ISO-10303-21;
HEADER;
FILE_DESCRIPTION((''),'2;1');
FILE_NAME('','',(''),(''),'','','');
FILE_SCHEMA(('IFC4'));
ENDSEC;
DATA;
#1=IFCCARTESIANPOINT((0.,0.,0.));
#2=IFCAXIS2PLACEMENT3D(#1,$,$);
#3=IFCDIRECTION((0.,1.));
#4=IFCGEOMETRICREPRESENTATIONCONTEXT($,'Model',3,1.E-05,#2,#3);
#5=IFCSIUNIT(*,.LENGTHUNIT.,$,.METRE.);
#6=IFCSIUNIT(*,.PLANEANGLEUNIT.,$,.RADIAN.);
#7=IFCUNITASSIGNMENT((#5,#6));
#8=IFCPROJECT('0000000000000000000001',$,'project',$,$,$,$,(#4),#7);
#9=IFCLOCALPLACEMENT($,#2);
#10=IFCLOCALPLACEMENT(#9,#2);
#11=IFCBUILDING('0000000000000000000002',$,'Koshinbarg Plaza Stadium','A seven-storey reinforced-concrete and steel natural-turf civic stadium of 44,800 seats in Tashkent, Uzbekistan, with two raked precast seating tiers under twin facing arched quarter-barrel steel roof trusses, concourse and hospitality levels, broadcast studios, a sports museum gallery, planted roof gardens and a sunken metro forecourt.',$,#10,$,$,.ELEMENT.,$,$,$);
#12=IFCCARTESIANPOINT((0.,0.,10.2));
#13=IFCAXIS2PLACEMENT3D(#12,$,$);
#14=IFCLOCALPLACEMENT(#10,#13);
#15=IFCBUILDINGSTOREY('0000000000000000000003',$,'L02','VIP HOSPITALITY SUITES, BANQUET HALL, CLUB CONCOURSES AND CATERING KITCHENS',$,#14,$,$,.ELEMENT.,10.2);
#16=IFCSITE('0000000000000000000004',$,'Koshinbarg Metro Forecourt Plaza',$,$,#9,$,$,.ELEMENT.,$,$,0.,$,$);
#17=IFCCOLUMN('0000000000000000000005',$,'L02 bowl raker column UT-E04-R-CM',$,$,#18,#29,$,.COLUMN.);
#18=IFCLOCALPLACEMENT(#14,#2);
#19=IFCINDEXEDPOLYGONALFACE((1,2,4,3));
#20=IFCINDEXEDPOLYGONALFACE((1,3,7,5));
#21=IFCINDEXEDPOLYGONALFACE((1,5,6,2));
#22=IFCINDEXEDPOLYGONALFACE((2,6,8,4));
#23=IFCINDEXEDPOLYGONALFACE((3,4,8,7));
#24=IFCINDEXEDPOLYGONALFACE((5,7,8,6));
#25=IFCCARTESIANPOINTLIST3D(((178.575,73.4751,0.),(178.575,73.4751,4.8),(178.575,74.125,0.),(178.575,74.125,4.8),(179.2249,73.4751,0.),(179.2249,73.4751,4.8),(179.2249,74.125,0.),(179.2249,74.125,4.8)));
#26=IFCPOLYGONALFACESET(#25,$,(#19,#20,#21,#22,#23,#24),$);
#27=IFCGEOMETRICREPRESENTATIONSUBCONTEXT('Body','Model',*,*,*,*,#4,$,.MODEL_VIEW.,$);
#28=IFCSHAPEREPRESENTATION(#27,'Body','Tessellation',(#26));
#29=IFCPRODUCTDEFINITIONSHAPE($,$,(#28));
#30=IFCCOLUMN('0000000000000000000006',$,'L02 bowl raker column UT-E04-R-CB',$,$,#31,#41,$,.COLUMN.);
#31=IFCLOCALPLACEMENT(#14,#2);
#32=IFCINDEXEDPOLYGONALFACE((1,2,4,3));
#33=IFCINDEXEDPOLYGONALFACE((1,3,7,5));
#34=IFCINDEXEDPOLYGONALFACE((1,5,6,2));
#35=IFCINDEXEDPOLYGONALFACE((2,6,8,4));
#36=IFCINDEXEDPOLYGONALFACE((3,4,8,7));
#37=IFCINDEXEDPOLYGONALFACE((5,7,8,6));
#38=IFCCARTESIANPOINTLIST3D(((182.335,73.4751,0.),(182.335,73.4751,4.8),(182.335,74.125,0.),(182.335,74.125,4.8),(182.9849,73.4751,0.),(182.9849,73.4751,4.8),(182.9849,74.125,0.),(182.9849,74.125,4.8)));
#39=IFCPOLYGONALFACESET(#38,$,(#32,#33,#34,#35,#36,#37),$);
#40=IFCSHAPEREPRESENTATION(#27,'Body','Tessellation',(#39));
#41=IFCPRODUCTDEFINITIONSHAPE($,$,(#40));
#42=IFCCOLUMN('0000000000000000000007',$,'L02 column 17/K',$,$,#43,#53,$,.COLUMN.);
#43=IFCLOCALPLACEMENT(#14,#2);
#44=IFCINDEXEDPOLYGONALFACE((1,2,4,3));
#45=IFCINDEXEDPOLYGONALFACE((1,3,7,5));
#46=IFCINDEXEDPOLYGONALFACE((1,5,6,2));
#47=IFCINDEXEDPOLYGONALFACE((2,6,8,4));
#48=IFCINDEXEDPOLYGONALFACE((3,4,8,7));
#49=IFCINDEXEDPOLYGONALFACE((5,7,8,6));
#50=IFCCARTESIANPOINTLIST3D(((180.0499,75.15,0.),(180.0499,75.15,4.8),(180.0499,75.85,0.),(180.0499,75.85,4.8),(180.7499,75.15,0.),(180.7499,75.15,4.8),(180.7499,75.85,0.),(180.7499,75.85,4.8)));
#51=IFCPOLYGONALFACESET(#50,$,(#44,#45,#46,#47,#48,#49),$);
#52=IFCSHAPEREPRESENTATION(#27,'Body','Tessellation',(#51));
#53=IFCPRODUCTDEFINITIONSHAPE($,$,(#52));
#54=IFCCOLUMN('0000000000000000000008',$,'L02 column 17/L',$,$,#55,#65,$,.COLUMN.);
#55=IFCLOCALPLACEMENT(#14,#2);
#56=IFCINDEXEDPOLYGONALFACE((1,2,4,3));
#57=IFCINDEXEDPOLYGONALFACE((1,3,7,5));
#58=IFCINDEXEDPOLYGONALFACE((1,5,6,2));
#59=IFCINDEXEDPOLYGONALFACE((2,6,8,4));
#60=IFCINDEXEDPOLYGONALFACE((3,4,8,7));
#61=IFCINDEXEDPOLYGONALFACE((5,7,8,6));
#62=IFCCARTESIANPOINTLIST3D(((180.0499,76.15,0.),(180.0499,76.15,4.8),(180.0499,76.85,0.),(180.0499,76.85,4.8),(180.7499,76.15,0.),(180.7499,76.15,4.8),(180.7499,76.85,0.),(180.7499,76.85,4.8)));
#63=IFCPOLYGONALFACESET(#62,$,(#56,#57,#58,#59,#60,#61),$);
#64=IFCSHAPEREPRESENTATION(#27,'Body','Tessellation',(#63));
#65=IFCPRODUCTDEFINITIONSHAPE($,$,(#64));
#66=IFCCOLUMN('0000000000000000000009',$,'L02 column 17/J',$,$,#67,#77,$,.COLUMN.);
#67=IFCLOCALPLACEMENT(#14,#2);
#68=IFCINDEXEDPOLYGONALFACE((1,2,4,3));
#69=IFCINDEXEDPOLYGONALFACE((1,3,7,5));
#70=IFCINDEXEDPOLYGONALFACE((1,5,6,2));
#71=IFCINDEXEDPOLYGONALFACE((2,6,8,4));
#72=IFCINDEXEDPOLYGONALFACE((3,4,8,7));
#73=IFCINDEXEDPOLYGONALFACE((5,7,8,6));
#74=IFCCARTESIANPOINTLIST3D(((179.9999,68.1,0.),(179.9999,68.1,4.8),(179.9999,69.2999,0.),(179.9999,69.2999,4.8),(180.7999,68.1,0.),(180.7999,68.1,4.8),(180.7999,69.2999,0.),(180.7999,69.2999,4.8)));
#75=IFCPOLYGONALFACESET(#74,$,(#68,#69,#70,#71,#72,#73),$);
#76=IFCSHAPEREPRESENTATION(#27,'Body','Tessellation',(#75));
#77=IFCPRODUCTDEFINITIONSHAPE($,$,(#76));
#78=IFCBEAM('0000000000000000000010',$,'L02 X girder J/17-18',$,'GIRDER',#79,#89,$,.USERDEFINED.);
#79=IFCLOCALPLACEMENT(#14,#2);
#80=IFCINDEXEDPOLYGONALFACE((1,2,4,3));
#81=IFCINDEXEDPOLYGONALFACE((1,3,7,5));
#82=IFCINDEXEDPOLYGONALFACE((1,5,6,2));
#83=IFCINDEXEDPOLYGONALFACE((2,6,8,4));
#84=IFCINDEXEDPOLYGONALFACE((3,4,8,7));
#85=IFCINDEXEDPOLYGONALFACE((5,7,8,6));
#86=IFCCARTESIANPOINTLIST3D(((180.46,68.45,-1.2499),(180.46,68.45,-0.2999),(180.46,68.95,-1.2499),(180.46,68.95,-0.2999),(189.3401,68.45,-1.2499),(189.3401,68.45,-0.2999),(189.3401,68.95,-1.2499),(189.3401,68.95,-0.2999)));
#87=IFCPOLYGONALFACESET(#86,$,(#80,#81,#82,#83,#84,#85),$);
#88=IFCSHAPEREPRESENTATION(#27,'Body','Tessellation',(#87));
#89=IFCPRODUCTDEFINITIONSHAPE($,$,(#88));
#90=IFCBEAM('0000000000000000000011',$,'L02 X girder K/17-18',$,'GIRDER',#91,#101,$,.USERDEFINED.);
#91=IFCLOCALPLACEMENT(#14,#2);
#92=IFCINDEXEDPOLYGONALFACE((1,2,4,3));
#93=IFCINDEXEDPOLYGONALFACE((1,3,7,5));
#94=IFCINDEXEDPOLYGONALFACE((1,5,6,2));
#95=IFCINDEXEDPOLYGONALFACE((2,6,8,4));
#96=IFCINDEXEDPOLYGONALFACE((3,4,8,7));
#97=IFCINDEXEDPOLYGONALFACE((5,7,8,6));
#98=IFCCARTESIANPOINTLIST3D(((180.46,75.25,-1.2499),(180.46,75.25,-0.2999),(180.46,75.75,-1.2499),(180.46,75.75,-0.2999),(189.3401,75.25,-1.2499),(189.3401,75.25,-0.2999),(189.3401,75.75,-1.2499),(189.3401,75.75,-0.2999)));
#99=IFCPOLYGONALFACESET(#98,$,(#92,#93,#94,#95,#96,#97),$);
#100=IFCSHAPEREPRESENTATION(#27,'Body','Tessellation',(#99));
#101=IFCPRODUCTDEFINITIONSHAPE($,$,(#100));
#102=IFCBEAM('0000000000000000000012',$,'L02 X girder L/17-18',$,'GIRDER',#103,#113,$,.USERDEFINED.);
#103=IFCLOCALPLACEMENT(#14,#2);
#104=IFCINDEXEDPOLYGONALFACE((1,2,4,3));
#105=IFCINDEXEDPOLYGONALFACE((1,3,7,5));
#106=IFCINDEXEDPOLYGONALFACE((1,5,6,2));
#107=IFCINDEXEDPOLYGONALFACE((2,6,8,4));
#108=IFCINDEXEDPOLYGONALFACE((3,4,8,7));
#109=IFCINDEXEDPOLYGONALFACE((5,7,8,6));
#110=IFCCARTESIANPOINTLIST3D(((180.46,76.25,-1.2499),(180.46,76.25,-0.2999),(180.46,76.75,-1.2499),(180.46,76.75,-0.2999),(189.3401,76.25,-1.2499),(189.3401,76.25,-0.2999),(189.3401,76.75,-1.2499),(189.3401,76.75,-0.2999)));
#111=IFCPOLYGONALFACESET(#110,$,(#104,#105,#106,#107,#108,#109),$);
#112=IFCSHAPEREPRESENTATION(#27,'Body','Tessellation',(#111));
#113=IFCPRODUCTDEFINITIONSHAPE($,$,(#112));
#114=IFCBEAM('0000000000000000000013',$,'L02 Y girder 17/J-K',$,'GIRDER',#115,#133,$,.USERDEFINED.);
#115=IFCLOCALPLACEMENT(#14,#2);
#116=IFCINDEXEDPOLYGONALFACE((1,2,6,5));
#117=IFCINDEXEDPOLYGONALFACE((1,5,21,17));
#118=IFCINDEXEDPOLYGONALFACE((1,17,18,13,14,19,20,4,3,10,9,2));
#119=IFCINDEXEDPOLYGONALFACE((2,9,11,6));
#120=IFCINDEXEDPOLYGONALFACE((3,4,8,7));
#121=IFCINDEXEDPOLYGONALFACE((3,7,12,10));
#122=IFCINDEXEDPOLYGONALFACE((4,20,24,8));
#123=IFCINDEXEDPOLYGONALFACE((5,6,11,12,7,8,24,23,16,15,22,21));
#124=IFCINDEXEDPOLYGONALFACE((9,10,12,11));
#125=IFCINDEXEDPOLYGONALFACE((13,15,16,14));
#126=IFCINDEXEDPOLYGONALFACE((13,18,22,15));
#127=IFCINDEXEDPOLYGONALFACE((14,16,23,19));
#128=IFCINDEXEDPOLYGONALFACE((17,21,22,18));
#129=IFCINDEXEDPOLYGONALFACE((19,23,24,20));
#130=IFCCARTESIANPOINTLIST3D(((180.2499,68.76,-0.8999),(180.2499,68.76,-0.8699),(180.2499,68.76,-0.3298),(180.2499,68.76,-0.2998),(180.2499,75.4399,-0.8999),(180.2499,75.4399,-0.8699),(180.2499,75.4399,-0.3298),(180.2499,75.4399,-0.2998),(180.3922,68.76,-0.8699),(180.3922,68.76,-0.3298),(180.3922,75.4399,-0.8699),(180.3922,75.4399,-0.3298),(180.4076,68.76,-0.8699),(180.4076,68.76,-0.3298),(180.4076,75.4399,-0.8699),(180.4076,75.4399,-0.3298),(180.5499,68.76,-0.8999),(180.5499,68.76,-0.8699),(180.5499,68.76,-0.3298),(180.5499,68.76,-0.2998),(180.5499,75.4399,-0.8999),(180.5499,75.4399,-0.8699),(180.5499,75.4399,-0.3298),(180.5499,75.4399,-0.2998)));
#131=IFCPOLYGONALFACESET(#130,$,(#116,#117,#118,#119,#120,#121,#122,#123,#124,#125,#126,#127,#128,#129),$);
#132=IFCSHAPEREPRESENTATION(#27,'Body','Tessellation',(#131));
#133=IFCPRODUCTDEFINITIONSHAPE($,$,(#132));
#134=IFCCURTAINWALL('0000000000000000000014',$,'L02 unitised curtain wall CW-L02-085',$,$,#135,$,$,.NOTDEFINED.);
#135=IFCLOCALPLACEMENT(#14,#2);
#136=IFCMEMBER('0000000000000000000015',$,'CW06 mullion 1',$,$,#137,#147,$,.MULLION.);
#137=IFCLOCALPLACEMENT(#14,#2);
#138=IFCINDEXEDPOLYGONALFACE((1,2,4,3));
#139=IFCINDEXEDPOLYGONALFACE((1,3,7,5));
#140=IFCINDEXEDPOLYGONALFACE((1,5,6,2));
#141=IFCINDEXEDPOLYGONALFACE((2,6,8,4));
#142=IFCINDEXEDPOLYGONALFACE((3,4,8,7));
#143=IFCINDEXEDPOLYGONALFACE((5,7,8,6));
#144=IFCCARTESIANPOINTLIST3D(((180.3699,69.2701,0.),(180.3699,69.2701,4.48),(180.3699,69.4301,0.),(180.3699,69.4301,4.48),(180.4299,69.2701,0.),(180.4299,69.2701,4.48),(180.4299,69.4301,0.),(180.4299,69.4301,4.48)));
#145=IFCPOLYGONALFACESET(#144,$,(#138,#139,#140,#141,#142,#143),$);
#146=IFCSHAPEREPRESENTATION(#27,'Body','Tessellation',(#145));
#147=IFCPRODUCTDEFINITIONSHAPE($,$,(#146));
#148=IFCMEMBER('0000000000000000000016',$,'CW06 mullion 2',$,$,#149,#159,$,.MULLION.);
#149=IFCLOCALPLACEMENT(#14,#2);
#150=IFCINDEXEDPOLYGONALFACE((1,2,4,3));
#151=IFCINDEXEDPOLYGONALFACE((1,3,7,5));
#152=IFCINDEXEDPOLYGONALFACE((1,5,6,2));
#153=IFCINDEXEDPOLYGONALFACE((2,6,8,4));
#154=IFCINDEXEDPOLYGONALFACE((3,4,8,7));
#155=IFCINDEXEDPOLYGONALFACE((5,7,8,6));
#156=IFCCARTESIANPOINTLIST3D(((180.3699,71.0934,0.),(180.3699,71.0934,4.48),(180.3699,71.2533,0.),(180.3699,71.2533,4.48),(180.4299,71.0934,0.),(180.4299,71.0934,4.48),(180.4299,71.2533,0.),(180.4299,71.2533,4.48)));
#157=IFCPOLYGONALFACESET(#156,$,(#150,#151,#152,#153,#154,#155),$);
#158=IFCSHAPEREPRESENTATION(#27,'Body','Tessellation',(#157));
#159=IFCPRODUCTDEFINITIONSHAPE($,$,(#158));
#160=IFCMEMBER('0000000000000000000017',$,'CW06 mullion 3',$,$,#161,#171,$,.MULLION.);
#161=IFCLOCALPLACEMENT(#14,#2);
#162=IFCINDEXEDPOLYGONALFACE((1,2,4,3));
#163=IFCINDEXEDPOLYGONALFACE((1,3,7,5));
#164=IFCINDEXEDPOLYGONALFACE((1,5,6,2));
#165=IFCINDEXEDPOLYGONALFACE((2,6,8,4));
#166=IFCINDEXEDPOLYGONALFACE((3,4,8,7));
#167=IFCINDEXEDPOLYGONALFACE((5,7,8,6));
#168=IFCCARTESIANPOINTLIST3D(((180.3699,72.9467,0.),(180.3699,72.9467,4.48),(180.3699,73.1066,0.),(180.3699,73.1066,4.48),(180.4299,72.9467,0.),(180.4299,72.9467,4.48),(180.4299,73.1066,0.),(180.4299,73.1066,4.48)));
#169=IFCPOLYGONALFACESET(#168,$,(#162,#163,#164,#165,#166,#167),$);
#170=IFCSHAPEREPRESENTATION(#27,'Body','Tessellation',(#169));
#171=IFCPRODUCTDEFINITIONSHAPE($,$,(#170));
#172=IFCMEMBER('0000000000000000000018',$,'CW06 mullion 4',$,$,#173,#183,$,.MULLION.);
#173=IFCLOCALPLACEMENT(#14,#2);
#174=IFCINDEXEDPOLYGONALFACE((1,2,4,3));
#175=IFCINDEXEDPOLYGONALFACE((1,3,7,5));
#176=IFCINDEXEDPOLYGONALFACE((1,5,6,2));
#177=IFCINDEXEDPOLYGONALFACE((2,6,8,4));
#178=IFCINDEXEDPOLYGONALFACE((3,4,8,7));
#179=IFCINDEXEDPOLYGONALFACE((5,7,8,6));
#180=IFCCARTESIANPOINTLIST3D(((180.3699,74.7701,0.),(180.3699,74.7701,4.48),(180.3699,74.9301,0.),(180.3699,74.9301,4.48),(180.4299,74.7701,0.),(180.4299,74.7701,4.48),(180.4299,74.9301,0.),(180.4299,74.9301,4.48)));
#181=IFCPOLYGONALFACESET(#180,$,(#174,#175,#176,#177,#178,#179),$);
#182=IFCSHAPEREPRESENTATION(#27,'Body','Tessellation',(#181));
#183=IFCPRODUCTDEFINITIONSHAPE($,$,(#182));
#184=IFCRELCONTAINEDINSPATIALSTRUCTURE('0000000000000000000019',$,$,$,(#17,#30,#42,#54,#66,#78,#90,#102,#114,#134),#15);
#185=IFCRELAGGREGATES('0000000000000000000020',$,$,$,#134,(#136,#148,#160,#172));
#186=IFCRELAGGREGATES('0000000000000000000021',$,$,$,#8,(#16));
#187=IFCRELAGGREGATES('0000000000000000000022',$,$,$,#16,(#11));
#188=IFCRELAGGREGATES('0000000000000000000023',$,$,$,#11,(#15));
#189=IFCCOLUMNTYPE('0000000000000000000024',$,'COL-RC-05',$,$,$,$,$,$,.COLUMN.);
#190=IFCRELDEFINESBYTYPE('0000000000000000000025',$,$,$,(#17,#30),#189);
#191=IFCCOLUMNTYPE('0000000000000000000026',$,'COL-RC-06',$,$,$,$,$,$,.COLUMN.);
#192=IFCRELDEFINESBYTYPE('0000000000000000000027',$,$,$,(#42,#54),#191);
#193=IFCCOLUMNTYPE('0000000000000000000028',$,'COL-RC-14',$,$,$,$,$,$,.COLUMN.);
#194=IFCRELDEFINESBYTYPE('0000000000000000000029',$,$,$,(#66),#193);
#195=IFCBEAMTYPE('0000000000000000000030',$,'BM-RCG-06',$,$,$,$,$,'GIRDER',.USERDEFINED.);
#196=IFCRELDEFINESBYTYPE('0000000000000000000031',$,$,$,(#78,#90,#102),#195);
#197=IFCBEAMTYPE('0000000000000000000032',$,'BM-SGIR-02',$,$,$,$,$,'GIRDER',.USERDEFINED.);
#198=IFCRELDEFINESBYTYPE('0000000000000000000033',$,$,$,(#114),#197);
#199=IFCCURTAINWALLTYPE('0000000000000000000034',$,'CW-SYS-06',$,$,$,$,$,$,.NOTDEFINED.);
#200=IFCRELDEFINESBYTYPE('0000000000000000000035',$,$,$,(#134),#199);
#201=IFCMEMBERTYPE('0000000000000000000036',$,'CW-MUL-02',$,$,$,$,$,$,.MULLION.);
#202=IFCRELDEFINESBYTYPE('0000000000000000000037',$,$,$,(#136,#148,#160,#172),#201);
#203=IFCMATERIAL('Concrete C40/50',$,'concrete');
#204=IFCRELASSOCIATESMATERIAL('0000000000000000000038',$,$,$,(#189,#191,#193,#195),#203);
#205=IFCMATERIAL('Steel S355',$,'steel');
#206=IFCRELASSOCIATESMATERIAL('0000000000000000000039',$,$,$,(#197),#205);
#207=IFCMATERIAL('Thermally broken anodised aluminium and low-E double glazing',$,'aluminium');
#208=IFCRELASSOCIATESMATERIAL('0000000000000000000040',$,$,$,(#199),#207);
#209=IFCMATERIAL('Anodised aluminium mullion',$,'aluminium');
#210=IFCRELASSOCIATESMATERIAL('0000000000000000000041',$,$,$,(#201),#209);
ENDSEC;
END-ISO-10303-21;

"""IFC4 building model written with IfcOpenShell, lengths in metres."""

from ifc_helpers import new_model, si_unit, direction, frame, origin, origin_2d, place, context, subcontext, project, spatial, rectangle, i_section, extrude, material, material_profile, profile_set, type_object, element, aggregate, save


model = new_model("IFC4")

# Units and contexts
model_context = context("Model", 3, precision=1e-05, world=origin(), true_north=direction((0.0, 1.0)))
body_context = subcontext(model_context, "Body", "Model", "MODEL_VIEW")
ifc_project = project(units=[si_unit("LENGTHUNIT", "METRE"), si_unit("PLANEANGLEUNIT", "RADIAN")], contexts=[model_context])

# Site, building, storey
site_placement = place(None, origin())
site = spatial("IfcSite", under=ifc_project, at=site_placement, Name="Koshinbarg Metro Forecourt Plaza", CompositionType="ELEMENT", RefElevation=0.0)
building_placement = place(site_placement, origin())
building = spatial("IfcBuilding", under=site, at=building_placement, Name="Koshinbarg Plaza Stadium", Description="A seven-storey reinforced-concrete and steel natural-turf civic stadium of 44,800 seats in Tashkent, Uzbekistan, with two raked precast seating tiers under twin facing arched quarter-barrel steel roof trusses, concourse and hospitality levels, broadcast studios, a sports museum gallery, planted roof gardens and a sunken metro forecourt.", CompositionType="ELEMENT")
storey_placement = place(building_placement, frame((0.0, 0.0, 10.2)))
storey = spatial("IfcBuildingStorey", under=building, at=storey_placement, Name="L02", Description="VIP HOSPITALITY SUITES, BANQUET HALL, CLUB CONCOURSES AND CATERING KITCHENS", CompositionType="ELEMENT", Elevation=10.2)

# Columns
ifc_material_1 = material(Name="Concrete C40/50", Category="concrete")
ifc_material_profile_1 = material_profile(ifc_material_1, rectangle(XDim=0.6499, YDim=0.6499, at=origin_2d()), Name="RC 650x650")
ifc_profile_set_1 = profile_set([ifc_material_profile_1], Name="Concrete C40/50")
column_type_1 = type_object("IfcColumnType", Name="COL-RC-05", PredefinedType="COLUMN", material=ifc_profile_set_1)
for number, where, z_axis, x_axis, name in (
    (1, (178.8999, 73.8, 0.0), (0.0, 0.0, 1.0), (1.0, 0.0, 0.0), "L02 bowl raker column UT-E04-R-CM"),
    (2, (182.6599, 73.8, 0.0), (0.0, 0.0, 1.0), (1.0, 0.0, 0.0), "L02 bowl raker column UT-E04-R-CB"),
):
    element("IfcColumn", number, at=place(storey_placement, frame(where, z_axis=z_axis, x_axis=x_axis)), inside=storey, type_object=column_type_1, Name=name, PredefinedType="COLUMN", context=body_context, shape_type="SweptSolid", body=[
        extrude(rectangle(XDim=0.6499, YDim=0.6499, at=origin_2d()), origin(), (0.0, 0.0, 1.0), 4.8),
    ])
ifc_material_profile_2 = material_profile(ifc_material_1, rectangle(XDim=0.7, YDim=0.7, at=origin_2d()), Name="RC 700x700")
ifc_profile_set_2 = profile_set([ifc_material_profile_2], Name="Concrete C40/50")
column_type_2 = type_object("IfcColumnType", Name="COL-RC-06", PredefinedType="COLUMN", material=ifc_profile_set_2)
for number, where, z_axis, x_axis, name in (
    (3, (180.3999, 75.5, 0.0), (0.0, 0.0, 1.0), (1.0, 0.0, 0.0), "L02 column 17/K"),
    (4, (180.3999, 76.5, 0.0), (0.0, 0.0, 1.0), (1.0, 0.0, 0.0), "L02 column 17/L"),
):
    element("IfcColumn", number, at=place(storey_placement, frame(where, z_axis=z_axis, x_axis=x_axis)), inside=storey, type_object=column_type_2, Name=name, PredefinedType="COLUMN", context=body_context, shape_type="SweptSolid", body=[
        extrude(rectangle(XDim=0.7, YDim=0.7, at=origin_2d()), origin(), (0.0, 0.0, 1.0), 4.8),
    ])
ifc_material_profile_3 = material_profile(ifc_material_1, rectangle(XDim=0.8, YDim=1.2, at=origin_2d()), Name="RC 800x1200")
ifc_profile_set_3 = profile_set([ifc_material_profile_3], Name="Concrete C40/50")
column_type_3 = type_object("IfcColumnType", Name="COL-RC-14", PredefinedType="COLUMN", material=ifc_profile_set_3)
column_placement = place(storey_placement, frame((180.3999, 68.7, 0.0), z_axis=(0.0, 0.0, 1.0), x_axis=(1.0, 0.0, 0.0)))
element("IfcColumn", 5, at=column_placement, inside=storey, type_object=column_type_3, Name="L02 column 17/J", PredefinedType="COLUMN", context=body_context, shape_type="SweptSolid", body=[
    extrude(rectangle(XDim=0.8, YDim=1.2, at=origin_2d()), origin(), (0.0, 0.0, 1.0), 4.8),
])

# Beams
ifc_material_profile_4 = material_profile(ifc_material_1, rectangle(XDim=0.5, YDim=0.95, at=origin_2d()), Name="RC 500x950")
ifc_profile_set_4 = profile_set([ifc_material_profile_4], Name="Concrete C40/50")
beam_type_1 = type_object("IfcBeamType", Name="BM-RCG-06", ElementType="GIRDER", PredefinedType="USERDEFINED", material=ifc_profile_set_4)
for number, where, z_axis, x_axis, name in (
    (6, (180.46, 68.7, -0.7749), (1.0, 0.0, 0.0), (0.0, 1.0, 0.0), "L02 X girder J/17-18"),
    (7, (180.46, 75.5, -0.7749), (1.0, 0.0, 0.0), (0.0, 1.0, 0.0), "L02 X girder K/17-18"),
    (8, (180.46, 76.5, -0.7749), (1.0, 0.0, 0.0), (0.0, 1.0, 0.0), "L02 X girder L/17-18"),
):
    element("IfcBeam", number, at=place(storey_placement, frame(where, z_axis=z_axis, x_axis=x_axis)), inside=storey, type_object=beam_type_1, Name=name, ObjectType="GIRDER", PredefinedType="USERDEFINED", context=body_context, shape_type="SweptSolid", body=[
        extrude(rectangle(XDim=0.5, YDim=0.95, at=origin_2d()), origin(), (0.0, 0.0, 1.0), 8.8801),
    ])
ifc_material_2 = material(Name="Steel S355", Category="steel")
ifc_material_profile_5 = material_profile(ifc_material_2, i_section(OverallWidth=0.3, OverallDepth=0.6001, WebThickness=0.0154, FlangeThickness=0.03, at=origin_2d()), Name="HEB 600")
ifc_profile_set_5 = profile_set([ifc_material_profile_5], Name="Steel S355")
beam_type_2 = type_object("IfcBeamType", Name="BM-SGIR-02", ElementType="GIRDER", PredefinedType="USERDEFINED", material=ifc_profile_set_5)
beam_placement = place(storey_placement, frame((180.3999, 68.76, -0.5999), z_axis=(0.0, 1.0, 0.0), x_axis=(-1.0, 0.0, 0.0)))
element("IfcBeam", 9, at=beam_placement, inside=storey, type_object=beam_type_2, Name="L02 Y girder 17/J-K", ObjectType="GIRDER", PredefinedType="USERDEFINED", context=body_context, shape_type="SweptSolid", body=[
    extrude(i_section(OverallWidth=0.3, OverallDepth=0.6001, WebThickness=0.0154, FlangeThickness=0.03, at=origin_2d()), origin(), (0.0, 0.0, 1.0), 6.6799),
])

# Curtain wall, members
ifc_material_3 = material(Name="Thermally broken anodised aluminium and low-E double glazing", Category="aluminium")
curtain_wall_type = type_object("IfcCurtainWallType", Name="CW-SYS-06", PredefinedType="NOTDEFINED", material=ifc_material_3)
curtain_wall_placement = place(storey_placement, origin())
curtain_wall = element("IfcCurtainWall", 10, at=curtain_wall_placement, inside=storey, type_object=curtain_wall_type, Name="L02 unitised curtain wall CW-L02-085", PredefinedType="NOTDEFINED")
ifc_material_4 = material(Name="Anodised aluminium mullion", Category="aluminium")
ifc_material_profile_6 = material_profile(ifc_material_4, rectangle(XDim=0.0601, YDim=0.1599, at=origin_2d()), Name="ALU 60x160")
ifc_profile_set_6 = profile_set([ifc_material_profile_6], Name="Anodised aluminium mullion")
member_type_1 = type_object("IfcMemberType", Name="CW-MUL-02", PredefinedType="MULLION", material=ifc_profile_set_6)
member_1_placement = place(storey_placement, frame((180.3999, 69.3501, 0.0), z_axis=(0.0, 0.0, 1.0), x_axis=(-1.0, 0.0, 0.0)))
member_1 = element("IfcMember", 11, at=member_1_placement, type_object=member_type_1, Name="CW06 mullion 1", PredefinedType="MULLION", context=body_context, shape_type="SweptSolid", body=[
    extrude(rectangle(XDim=0.0601, YDim=0.1599, at=origin_2d()), origin(), (0.0, 0.0, 1.0), 4.48),
])
member_2_placement = place(storey_placement, frame((180.3999, 71.1733, 0.0), z_axis=(0.0, 0.0, 1.0), x_axis=(-1.0, 0.0, 0.0)))
member_2 = element("IfcMember", 12, at=member_2_placement, type_object=member_type_1, Name="CW06 mullion 2", PredefinedType="MULLION", context=body_context, shape_type="SweptSolid", body=[
    extrude(rectangle(XDim=0.0601, YDim=0.1599, at=origin_2d()), origin(), (0.0, 0.0, 1.0), 4.48),
])
member_3_placement = place(storey_placement, frame((180.3999, 73.0266, 0.0), z_axis=(0.0, 0.0, 1.0), x_axis=(-1.0, 0.0, 0.0)))
member_3 = element("IfcMember", 13, at=member_3_placement, type_object=member_type_1, Name="CW06 mullion 3", PredefinedType="MULLION", context=body_context, shape_type="SweptSolid", body=[
    extrude(rectangle(XDim=0.0601, YDim=0.1599, at=origin_2d()), origin(), (0.0, 0.0, 1.0), 4.48),
])
member_4_placement = place(storey_placement, frame((180.3999, 74.8501, 0.0), z_axis=(0.0, 0.0, 1.0), x_axis=(-1.0, 0.0, 0.0)))
member_4 = element("IfcMember", 14, at=member_4_placement, type_object=member_type_1, Name="CW06 mullion 4", PredefinedType="MULLION", context=body_context, shape_type="SweptSolid", body=[
    extrude(rectangle(XDim=0.0601, YDim=0.1599, at=origin_2d()), origin(), (0.0, 0.0, 1.0), 4.48),
])
aggregate(curtain_wall, [member_1, member_2, member_3, member_4])

save(model, "model.ifc")
